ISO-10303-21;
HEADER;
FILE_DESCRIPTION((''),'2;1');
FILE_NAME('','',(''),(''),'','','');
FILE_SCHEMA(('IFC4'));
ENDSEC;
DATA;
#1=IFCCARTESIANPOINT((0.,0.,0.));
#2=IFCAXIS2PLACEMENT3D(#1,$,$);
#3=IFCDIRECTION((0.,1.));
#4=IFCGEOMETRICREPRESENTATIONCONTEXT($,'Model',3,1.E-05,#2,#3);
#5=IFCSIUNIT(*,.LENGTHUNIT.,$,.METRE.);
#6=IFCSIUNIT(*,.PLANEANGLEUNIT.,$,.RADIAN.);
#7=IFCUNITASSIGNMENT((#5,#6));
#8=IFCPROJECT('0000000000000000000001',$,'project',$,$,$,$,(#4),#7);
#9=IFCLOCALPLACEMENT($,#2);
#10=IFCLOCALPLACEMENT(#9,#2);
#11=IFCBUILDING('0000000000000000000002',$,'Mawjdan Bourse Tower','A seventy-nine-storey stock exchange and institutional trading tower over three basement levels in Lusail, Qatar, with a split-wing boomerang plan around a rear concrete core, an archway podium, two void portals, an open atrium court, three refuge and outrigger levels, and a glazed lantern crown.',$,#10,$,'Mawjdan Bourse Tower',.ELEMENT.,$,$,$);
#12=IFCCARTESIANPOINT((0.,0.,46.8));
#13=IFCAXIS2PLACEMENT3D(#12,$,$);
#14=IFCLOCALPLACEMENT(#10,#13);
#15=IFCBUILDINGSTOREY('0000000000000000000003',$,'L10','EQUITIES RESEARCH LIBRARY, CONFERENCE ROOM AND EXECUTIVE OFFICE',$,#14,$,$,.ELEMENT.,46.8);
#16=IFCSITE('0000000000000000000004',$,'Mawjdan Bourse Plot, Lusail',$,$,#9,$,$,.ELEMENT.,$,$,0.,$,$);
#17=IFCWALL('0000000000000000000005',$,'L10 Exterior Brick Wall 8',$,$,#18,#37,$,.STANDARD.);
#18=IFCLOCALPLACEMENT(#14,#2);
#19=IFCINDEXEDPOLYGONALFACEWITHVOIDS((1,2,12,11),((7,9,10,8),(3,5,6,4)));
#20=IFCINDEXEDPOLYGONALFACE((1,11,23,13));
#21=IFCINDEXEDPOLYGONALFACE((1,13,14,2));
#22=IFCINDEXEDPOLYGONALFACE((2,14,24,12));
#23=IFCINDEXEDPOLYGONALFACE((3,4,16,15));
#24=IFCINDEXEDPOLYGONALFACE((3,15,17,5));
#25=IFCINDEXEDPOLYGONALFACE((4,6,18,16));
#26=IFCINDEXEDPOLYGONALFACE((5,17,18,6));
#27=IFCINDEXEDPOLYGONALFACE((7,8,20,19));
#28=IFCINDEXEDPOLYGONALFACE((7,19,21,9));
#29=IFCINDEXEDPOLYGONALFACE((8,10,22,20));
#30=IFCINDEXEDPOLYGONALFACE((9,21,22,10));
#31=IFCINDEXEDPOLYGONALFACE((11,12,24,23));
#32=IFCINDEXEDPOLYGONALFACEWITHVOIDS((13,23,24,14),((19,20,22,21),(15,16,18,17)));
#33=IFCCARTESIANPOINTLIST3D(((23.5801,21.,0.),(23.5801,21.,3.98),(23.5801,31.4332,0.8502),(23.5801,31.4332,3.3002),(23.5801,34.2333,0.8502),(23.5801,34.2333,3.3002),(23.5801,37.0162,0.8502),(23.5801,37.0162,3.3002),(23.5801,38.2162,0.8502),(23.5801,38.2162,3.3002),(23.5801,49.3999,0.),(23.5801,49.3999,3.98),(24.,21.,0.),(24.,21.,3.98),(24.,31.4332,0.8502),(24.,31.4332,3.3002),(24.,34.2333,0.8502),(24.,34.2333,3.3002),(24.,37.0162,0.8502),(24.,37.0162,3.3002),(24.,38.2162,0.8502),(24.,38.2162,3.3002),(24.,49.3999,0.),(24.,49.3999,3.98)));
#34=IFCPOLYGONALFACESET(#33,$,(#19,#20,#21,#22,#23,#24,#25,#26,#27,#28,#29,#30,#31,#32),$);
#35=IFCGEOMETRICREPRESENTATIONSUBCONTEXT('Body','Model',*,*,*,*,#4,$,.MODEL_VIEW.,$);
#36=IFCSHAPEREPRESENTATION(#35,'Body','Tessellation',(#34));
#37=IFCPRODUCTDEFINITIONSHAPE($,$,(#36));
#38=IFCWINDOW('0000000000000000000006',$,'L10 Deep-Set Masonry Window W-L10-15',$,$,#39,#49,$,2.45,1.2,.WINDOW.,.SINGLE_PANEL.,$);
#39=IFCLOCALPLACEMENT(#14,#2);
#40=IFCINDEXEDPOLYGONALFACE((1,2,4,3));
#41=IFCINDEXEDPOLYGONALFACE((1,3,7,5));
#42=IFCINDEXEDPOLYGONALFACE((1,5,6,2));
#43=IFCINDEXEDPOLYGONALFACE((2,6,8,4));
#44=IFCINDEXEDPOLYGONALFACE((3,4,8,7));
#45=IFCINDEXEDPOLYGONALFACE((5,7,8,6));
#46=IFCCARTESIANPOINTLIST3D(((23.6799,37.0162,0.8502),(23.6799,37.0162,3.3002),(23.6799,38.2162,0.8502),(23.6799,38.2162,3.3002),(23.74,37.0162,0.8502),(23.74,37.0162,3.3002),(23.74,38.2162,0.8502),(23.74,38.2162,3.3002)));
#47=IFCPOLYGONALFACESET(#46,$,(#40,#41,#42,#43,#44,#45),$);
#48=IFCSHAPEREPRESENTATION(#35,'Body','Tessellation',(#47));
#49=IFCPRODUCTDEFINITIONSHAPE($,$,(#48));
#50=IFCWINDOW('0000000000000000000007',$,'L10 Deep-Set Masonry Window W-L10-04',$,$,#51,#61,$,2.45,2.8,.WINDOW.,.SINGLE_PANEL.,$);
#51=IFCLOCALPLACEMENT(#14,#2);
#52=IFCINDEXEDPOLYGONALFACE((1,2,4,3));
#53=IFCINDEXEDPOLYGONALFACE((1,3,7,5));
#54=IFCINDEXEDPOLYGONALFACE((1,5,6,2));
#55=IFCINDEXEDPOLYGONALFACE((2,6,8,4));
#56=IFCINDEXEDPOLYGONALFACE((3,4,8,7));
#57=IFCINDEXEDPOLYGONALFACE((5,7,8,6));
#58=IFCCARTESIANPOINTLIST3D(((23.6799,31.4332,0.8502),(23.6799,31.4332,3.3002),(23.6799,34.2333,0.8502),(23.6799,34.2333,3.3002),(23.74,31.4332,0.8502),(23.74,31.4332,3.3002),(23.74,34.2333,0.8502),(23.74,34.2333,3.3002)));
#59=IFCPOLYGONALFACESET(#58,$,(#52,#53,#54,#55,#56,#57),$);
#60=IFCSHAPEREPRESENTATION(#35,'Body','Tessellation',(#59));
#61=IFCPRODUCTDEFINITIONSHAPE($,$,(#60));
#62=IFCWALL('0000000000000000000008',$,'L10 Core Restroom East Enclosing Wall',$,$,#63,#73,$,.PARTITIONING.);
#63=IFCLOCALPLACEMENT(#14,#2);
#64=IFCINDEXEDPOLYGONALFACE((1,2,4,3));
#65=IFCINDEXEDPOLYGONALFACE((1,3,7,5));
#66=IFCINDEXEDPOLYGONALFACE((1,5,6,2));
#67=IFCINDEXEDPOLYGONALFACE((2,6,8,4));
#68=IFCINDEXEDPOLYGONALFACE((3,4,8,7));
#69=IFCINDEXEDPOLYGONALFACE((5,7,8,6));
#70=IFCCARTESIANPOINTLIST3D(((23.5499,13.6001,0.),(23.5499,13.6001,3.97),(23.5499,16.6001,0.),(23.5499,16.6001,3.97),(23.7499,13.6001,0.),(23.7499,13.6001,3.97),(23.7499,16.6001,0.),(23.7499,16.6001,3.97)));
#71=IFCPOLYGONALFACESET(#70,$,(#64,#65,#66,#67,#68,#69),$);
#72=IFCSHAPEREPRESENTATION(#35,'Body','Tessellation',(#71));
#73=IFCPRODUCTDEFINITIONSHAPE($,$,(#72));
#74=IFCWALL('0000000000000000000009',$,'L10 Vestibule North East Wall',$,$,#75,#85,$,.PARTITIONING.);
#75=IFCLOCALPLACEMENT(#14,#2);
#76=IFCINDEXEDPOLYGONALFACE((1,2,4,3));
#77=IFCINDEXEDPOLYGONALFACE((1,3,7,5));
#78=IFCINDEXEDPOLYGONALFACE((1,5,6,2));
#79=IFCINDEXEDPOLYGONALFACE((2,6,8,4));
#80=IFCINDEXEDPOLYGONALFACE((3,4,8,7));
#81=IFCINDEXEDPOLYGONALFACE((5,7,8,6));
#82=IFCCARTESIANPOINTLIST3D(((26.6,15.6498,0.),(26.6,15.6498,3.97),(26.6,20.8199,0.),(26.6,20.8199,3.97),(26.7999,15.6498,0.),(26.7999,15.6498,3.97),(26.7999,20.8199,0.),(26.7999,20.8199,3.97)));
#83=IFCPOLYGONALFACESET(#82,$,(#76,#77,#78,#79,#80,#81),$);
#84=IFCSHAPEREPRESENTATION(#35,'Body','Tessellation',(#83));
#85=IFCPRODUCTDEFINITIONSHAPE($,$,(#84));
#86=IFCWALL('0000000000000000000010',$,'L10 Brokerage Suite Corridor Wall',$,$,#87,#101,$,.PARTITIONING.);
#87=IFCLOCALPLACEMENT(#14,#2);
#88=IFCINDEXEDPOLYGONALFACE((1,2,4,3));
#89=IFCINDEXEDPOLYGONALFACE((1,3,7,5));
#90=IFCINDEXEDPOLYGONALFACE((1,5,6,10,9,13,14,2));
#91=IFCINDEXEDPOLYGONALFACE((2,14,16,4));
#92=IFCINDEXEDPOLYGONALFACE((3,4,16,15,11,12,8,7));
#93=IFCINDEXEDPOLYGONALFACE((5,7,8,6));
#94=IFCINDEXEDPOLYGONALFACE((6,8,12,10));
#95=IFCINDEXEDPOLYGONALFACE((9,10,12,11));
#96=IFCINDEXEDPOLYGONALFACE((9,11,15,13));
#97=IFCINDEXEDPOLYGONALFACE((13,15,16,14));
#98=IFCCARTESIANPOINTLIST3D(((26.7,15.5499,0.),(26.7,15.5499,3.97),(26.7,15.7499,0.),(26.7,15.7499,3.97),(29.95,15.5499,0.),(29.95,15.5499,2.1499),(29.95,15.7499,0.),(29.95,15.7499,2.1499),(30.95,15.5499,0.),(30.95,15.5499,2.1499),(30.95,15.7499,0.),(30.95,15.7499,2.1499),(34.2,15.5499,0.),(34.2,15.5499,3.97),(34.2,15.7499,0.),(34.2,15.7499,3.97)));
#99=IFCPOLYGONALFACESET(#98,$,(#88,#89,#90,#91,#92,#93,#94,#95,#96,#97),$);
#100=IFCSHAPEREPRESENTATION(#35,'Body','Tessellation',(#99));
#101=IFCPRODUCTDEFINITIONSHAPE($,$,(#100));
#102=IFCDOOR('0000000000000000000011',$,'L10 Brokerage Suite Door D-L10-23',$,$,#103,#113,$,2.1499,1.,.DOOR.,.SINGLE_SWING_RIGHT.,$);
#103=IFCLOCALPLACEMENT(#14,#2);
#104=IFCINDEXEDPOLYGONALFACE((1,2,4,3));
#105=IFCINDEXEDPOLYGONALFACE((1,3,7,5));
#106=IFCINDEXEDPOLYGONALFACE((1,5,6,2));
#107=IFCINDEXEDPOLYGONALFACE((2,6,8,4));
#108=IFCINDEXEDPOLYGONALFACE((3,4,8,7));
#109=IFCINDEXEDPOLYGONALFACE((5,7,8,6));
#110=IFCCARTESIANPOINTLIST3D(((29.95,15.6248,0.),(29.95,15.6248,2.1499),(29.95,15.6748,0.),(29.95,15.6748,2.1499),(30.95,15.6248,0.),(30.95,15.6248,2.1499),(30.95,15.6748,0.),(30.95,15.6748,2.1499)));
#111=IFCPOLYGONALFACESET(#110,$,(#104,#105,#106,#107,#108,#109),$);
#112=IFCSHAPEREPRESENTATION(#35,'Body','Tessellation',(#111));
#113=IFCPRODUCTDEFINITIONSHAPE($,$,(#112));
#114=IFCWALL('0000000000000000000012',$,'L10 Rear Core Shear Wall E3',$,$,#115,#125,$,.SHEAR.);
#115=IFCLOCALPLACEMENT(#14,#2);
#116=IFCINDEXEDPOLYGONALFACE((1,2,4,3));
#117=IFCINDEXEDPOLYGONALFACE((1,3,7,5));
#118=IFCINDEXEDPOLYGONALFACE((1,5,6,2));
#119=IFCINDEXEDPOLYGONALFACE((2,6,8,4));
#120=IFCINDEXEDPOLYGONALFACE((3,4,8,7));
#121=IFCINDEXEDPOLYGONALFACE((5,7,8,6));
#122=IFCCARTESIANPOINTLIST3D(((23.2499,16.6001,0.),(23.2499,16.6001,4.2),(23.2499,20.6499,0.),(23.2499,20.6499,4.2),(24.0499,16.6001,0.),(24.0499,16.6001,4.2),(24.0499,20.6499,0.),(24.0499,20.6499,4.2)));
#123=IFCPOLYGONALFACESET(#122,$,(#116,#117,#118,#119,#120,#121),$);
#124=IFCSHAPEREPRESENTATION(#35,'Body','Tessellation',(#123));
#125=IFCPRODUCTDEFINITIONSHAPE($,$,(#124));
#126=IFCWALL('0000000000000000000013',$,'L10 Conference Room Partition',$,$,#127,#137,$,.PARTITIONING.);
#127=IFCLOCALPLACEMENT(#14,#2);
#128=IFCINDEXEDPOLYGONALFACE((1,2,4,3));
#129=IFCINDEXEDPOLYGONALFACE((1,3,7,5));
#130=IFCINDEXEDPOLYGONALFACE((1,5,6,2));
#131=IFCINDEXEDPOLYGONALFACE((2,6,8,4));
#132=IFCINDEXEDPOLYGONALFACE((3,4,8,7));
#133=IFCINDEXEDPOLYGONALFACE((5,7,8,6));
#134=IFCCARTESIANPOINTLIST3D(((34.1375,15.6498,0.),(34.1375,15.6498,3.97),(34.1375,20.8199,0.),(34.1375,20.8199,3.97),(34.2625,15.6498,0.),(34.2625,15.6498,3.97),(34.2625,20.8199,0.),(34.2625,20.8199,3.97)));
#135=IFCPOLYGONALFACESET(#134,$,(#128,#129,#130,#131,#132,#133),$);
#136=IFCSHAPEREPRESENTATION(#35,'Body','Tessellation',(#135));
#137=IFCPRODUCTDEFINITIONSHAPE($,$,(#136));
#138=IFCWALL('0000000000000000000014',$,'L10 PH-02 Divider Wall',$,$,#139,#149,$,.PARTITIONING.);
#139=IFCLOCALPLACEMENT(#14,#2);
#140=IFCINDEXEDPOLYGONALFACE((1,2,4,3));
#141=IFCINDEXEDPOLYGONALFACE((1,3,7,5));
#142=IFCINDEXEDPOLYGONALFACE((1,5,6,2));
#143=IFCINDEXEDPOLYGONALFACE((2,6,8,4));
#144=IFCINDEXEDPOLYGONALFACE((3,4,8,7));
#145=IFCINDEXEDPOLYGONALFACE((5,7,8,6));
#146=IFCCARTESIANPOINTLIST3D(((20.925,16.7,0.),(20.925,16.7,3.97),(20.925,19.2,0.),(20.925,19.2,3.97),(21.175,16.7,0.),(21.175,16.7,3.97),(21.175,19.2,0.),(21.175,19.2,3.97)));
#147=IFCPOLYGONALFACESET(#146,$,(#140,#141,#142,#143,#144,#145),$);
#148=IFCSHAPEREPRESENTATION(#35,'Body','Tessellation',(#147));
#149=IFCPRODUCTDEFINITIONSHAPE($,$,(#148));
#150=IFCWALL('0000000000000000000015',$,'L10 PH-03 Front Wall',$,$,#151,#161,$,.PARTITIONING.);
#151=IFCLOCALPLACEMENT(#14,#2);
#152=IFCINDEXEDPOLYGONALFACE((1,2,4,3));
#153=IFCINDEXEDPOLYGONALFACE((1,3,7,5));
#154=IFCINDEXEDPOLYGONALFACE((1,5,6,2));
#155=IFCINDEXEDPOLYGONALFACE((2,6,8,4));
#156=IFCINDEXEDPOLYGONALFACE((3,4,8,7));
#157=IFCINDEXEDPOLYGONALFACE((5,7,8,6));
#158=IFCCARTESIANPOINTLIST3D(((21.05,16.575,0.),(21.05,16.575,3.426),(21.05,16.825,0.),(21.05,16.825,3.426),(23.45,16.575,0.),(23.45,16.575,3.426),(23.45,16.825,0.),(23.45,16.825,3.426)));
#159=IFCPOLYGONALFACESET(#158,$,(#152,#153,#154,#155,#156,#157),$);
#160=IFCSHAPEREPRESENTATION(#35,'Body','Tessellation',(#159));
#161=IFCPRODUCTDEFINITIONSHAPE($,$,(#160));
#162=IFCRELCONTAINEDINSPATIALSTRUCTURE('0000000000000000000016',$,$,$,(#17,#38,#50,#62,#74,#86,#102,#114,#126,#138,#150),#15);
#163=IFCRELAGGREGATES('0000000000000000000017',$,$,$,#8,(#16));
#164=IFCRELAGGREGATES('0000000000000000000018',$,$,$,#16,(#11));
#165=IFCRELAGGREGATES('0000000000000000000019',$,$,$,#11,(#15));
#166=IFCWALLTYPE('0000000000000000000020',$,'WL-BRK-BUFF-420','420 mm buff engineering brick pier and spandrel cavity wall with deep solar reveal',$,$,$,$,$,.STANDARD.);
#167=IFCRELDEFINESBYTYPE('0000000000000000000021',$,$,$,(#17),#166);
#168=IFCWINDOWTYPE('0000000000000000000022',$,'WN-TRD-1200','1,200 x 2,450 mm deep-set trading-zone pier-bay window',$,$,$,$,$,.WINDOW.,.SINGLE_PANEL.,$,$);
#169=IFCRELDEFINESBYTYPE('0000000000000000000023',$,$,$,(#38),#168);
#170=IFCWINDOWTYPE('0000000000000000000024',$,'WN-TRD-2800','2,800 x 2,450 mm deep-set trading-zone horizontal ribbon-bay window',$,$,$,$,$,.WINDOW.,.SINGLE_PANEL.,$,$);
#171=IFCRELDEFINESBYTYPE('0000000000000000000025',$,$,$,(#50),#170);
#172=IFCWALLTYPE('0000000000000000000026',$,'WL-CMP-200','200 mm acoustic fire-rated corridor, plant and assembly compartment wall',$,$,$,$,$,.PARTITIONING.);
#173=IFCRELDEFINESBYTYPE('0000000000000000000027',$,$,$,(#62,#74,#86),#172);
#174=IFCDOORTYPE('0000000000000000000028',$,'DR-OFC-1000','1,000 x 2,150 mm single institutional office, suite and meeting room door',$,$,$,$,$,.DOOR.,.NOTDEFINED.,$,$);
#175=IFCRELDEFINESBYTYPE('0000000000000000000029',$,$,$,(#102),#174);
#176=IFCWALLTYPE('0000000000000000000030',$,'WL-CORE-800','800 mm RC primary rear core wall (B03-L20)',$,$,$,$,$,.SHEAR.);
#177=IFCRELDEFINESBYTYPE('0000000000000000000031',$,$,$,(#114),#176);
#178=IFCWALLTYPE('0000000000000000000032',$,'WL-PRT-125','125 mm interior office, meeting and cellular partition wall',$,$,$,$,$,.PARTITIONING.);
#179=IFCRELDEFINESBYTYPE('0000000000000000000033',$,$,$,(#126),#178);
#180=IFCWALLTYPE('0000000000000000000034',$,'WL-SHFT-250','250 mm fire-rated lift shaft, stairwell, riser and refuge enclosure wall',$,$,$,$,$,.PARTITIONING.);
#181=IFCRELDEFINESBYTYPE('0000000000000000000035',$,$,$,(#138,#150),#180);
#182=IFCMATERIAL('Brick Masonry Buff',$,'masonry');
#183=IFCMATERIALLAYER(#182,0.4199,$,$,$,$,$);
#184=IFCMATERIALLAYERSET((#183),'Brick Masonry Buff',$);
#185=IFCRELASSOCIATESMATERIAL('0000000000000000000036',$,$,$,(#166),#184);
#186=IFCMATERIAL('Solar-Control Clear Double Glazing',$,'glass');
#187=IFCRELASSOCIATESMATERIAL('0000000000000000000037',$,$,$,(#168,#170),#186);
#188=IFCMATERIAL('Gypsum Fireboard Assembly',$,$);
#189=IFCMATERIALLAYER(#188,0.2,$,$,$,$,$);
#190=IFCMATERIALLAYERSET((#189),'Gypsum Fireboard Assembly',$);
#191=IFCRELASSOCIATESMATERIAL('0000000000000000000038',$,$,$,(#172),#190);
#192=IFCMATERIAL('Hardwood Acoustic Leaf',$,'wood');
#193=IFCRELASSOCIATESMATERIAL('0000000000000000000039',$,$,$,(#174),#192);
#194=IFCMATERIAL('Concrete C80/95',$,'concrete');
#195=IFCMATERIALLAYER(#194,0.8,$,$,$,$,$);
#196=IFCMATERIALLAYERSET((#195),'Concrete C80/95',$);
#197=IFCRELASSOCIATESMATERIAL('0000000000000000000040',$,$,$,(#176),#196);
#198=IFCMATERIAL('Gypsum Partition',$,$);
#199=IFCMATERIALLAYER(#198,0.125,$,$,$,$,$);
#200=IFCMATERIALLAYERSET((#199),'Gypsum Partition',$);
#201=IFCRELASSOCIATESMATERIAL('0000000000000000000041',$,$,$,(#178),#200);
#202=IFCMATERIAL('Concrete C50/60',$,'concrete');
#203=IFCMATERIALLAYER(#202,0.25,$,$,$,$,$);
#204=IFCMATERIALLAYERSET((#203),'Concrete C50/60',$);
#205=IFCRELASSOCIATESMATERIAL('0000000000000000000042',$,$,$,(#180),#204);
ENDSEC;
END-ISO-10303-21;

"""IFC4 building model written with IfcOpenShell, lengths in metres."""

from ifc_helpers import new_model, si_unit, direction, frame, frame_2d, origin, place, context, subcontext, project, spatial, rectangle, extrude, material, layer, layer_set, type_object, element, fill, save


model = new_model("IFC4")

# Units and contexts
model_context = context("Model", 3, precision=1e-05, world=origin(), true_north=direction((0.0, 1.0)))
body_context = subcontext(model_context, "Body", "Model", "MODEL_VIEW")
ifc_project = project(units=[si_unit("LENGTHUNIT", "METRE"), si_unit("PLANEANGLEUNIT", "RADIAN")], contexts=[model_context])

# Site, building, storey
site_placement = place(None, origin())
site = spatial("IfcSite", under=ifc_project, at=site_placement, Name="Mawjdan Bourse Plot, Lusail", CompositionType="ELEMENT", RefElevation=0.0)
building_placement = place(site_placement, origin())
building = spatial("IfcBuilding", under=site, at=building_placement, Name="Mawjdan Bourse Tower", Description="A seventy-nine-storey stock exchange and institutional trading tower over three basement levels in Lusail, Qatar, with a split-wing boomerang plan around a rear concrete core, an archway podium, two void portals, an open atrium court, three refuge and outrigger levels, and a glazed lantern crown.", LongName="Mawjdan Bourse Tower", CompositionType="ELEMENT")
storey_placement = place(building_placement, frame((0.0, 0.0, 46.8)))
storey = spatial("IfcBuildingStorey", under=building, at=storey_placement, Name="L10", Description="EQUITIES RESEARCH LIBRARY, CONFERENCE ROOM AND EXECUTIVE OFFICE", CompositionType="ELEMENT", Elevation=46.8)

# Shared definitions
ifc_material_1 = material(Name="Concrete C80/95", Category="concrete")

# Wall, openings, windows
ifc_material_2 = material(Name="Brick Masonry Buff", Category="masonry")
ifc_layer_1 = layer(ifc_material_2, 0.4199)
ifc_layer_set_1 = layer_set([ifc_layer_1], Name="Brick Masonry Buff")
wall_type_1 = type_object("IfcWallType", Name="WL-BRK-BUFF-420", Description="420 mm buff engineering brick pier and spandrel cavity wall with deep solar reveal", PredefinedType="STANDARD", material=ifc_layer_set_1)
wall_1_placement = place(storey_placement, frame((23.79, 21.0, 0.0), z_axis=(0.0, 0.0, 1.0), x_axis=(0.0, 1.0, 0.0)))
wall_1 = element("IfcWall", 1, at=wall_1_placement, inside=storey, type_object=wall_type_1, Name="L10 Exterior Brick Wall 8", PredefinedType="STANDARD", context=body_context, shape_type="SweptSolid", body=[
    extrude(rectangle(XDim=28.3999, YDim=0.4199, at=frame_2d((14.2, 0.0))), origin(), (0.0, 0.0, 1.0), 3.98),
])
opening_1_placement = place(wall_1_placement, frame((10.4333, 0.0, 0.8501)))
opening_1 = element("IfcOpeningElement", 2, at=opening_1_placement, cuts=wall_1, PredefinedType="OPENING", context=body_context, shape_type="SweptSolid", body=[
    extrude(rectangle(XDim=2.8, YDim=2.45, at=frame_2d((1.3999, 1.2251))), frame((0.0, 0.22, 0.0), z_axis=(0.0, -1.0, 0.0), x_axis=(1.0, 0.0, 0.0)), (0.0, 0.0, 1.0), 0.4399),
])
opening_2_placement = place(wall_1_placement, frame((16.0161, 0.0, 0.8501)))
opening_2 = element("IfcOpeningElement", 3, at=opening_2_placement, cuts=wall_1, PredefinedType="OPENING", context=body_context, shape_type="SweptSolid", body=[
    extrude(rectangle(XDim=1.2, YDim=2.45, at=frame_2d((0.6001, 1.2251))), frame((0.0, 0.22, 0.0), z_axis=(0.0, -1.0, 0.0), x_axis=(1.0, 0.0, 0.0)), (0.0, 0.0, 1.0), 0.4399),
])
ifc_material_3 = material(Name="Solar-Control Clear Double Glazing", Category="glass")
window_type_1 = type_object("IfcWindowType", Name="WN-TRD-1200", Description="1,200 x 2,450 mm deep-set trading-zone pier-bay window", PartitioningType="SINGLE_PANEL", PredefinedType="WINDOW", material=ifc_material_3)
window_1_placement = place(opening_2_placement, origin())
window_1 = element("IfcWindow", 4, at=window_1_placement, inside=storey, type_object=window_type_1, Name="L10 Deep-Set Masonry Window W-L10-15", OverallHeight=2.45, OverallWidth=1.2, PartitioningType="SINGLE_PANEL", PredefinedType="WINDOW", context=body_context, shape_type="SweptSolid", body=[
    extrude(rectangle(XDim=1.2, YDim=2.45, at=frame_2d((0.6001, 1.2251))), frame((0.0, 0.1101, 0.0), z_axis=(0.0, -1.0, 0.0), x_axis=(1.0, 0.0, 0.0)), (0.0, 0.0, 1.0), 0.0601),
])
fill(opening_2, window_1)
window_type_2 = type_object("IfcWindowType", Name="WN-TRD-2800", Description="2,800 x 2,450 mm deep-set trading-zone horizontal ribbon-bay window", PartitioningType="SINGLE_PANEL", PredefinedType="WINDOW", material=ifc_material_3)
window_2_placement = place(opening_1_placement, origin())
window_2 = element("IfcWindow", 5, at=window_2_placement, inside=storey, type_object=window_type_2, Name="L10 Deep-Set Masonry Window W-L10-04", OverallHeight=2.45, OverallWidth=2.8, PartitioningType="SINGLE_PANEL", PredefinedType="WINDOW", context=body_context, shape_type="SweptSolid", body=[
    extrude(rectangle(XDim=2.8, YDim=2.45, at=frame_2d((1.3999, 1.2251))), frame((0.0, 0.1101, 0.0), z_axis=(0.0, -1.0, 0.0), x_axis=(1.0, 0.0, 0.0)), (0.0, 0.0, 1.0), 0.0601),
])
fill(opening_1, window_2)

# Wall
ifc_material_4 = material(Name="Gypsum Fireboard Assembly")
ifc_layer_2 = layer(ifc_material_4, 0.2)
ifc_layer_set_2 = layer_set([ifc_layer_2], Name="Gypsum Fireboard Assembly")
wall_type_2 = type_object("IfcWallType", Name="WL-CMP-200", Description="200 mm acoustic fire-rated corridor, plant and assembly compartment wall", PredefinedType="PARTITIONING", material=ifc_layer_set_2)
wall_2_placement = place(storey_placement, frame((23.6499, 13.6001, 0.0), z_axis=(0.0, 0.0, 1.0), x_axis=(0.0, 1.0, 0.0)))
element("IfcWall", 6, at=wall_2_placement, inside=storey, type_object=wall_type_2, Name="L10 Core Restroom East Enclosing Wall", PredefinedType="PARTITIONING", context=body_context, shape_type="SweptSolid", body=[
    extrude(rectangle(XDim=3.0, YDim=0.2, at=frame_2d((1.5, 0.0))), origin(), (0.0, 0.0, 1.0), 3.97),
])

# Shared definitions
ifc_material_5 = material(Name="Hardwood Acoustic Leaf", Category="wood")
door_type = type_object("IfcDoorType", Name="DR-OFC-1000", Description="1,000 x 2,150 mm single institutional office, suite and meeting room door", OperationType="NOTDEFINED", PredefinedType="DOOR", material=ifc_material_5)

# Wall
wall_3_placement = place(storey_placement, frame((26.7, 15.6499, 0.0), z_axis=(0.0, 0.0, 1.0), x_axis=(0.0, 1.0, 0.0)))
element("IfcWall", 7, at=wall_3_placement, inside=storey, type_object=wall_type_2, Name="L10 Vestibule North East Wall", PredefinedType="PARTITIONING", context=body_context, shape_type="SweptSolid", body=[
    extrude(rectangle(XDim=5.1702, YDim=0.2, at=frame_2d((2.585, 0.0))), origin(), (0.0, 0.0, 1.0), 3.97),
])

# Wall, opening, door
wall_4_placement = place(storey_placement, frame((26.7, 15.6499, 0.0), z_axis=(0.0, 0.0, 1.0), x_axis=(1.0, 0.0, 0.0)))
wall_4 = element("IfcWall", 8, at=wall_4_placement, inside=storey, type_object=wall_type_2, Name="L10 Brokerage Suite Corridor Wall", PredefinedType="PARTITIONING", context=body_context, shape_type="SweptSolid", body=[
    extrude(rectangle(XDim=7.5, YDim=0.2, at=frame_2d((3.75, 0.0))), origin(), (0.0, 0.0, 1.0), 3.97),
])
opening_3_placement = place(wall_4_placement, frame((3.25, 0.0, 0.0)))
opening_3 = element("IfcOpeningElement", 9, at=opening_3_placement, cuts=wall_4, PredefinedType="OPENING", context=body_context, shape_type="SweptSolid", body=[
    extrude(rectangle(XDim=1.0, YDim=2.1499, at=frame_2d((0.5, 1.075))), frame((0.0, 0.1099, 0.0), z_axis=(0.0, -1.0, 0.0), x_axis=(1.0, 0.0, 0.0)), (0.0, 0.0, 1.0), 0.22),
])
door_1_placement = place(opening_3_placement, origin())
door_1 = element("IfcDoor", 10, at=door_1_placement, inside=storey, type_object=door_type, Name="L10 Brokerage Suite Door D-L10-23", OperationType="SINGLE_SWING_RIGHT", OverallHeight=2.1499, OverallWidth=1.0, PredefinedType="DOOR", context=body_context, shape_type="SweptSolid", body=[
    extrude(rectangle(XDim=1.0, YDim=2.1499, at=frame_2d((0.5, 1.075))), frame((0.0, 0.0249, 0.0), z_axis=(0.0, -1.0, 0.0), x_axis=(1.0, 0.0, 0.0)), (0.0, 0.0, 1.0), 0.05),
])
fill(opening_3, door_1)

# Walls
ifc_layer_3 = layer(ifc_material_1, 0.8)
ifc_layer_set_3 = layer_set([ifc_layer_3], Name="Concrete C80/95")
wall_type_3 = type_object("IfcWallType", Name="WL-CORE-800", Description="800 mm RC primary rear core wall (B03-L20)", PredefinedType="SHEAR", material=ifc_layer_set_3)
wall_5_placement = place(storey_placement, frame((23.6499, 16.6001, 0.0), z_axis=(0.0, 0.0, 1.0), x_axis=(0.0, 1.0, 0.0)))
element("IfcWall", 11, at=wall_5_placement, inside=storey, type_object=wall_type_3, Name="L10 Rear Core Shear Wall E3", PredefinedType="SHEAR", context=body_context, shape_type="SweptSolid", body=[
    extrude(rectangle(XDim=4.0498, YDim=0.8, at=frame_2d((2.0249, 0.0))), origin(), (0.0, 0.0, 1.0), 4.2),
])
ifc_material_6 = material(Name="Gypsum Partition")
ifc_layer_4 = layer(ifc_material_6, 0.125)
ifc_layer_set_4 = layer_set([ifc_layer_4], Name="Gypsum Partition")
wall_type_4 = type_object("IfcWallType", Name="WL-PRT-125", Description="125 mm interior office, meeting and cellular partition wall", PredefinedType="PARTITIONING", material=ifc_layer_set_4)
wall_6_placement = place(storey_placement, frame((34.2, 15.6499, 0.0), z_axis=(0.0, 0.0, 1.0), x_axis=(0.0, 1.0, 0.0)))
element("IfcWall", 12, at=wall_6_placement, inside=storey, type_object=wall_type_4, Name="L10 Conference Room Partition", PredefinedType="PARTITIONING", context=body_context, shape_type="SweptSolid", body=[
    extrude(rectangle(XDim=5.1702, YDim=0.125, at=frame_2d((2.585, 0.0))), origin(), (0.0, 0.0, 1.0), 3.97),
])
ifc_material_7 = material(Name="Concrete C50/60", Category="concrete")
ifc_layer_5 = layer(ifc_material_7, 0.25)
ifc_layer_set_5 = layer_set([ifc_layer_5], Name="Concrete C50/60")
wall_type_5 = type_object("IfcWallType", Name="WL-SHFT-250", Description="250 mm fire-rated lift shaft, stairwell, riser and refuge enclosure wall", PredefinedType="PARTITIONING", material=ifc_layer_set_5)
wall_7_placement = place(storey_placement, frame((21.05, 16.7, 0.0), z_axis=(0.0, 0.0, 1.0), x_axis=(0.0, 1.0, 0.0)))
element("IfcWall", 13, at=wall_7_placement, inside=storey, type_object=wall_type_5, Name="L10 PH-02 Divider Wall", PredefinedType="PARTITIONING", context=body_context, shape_type="SweptSolid", body=[
    extrude(rectangle(XDim=2.5, YDim=0.25, at=frame_2d((1.25, 0.0))), origin(), (0.0, 0.0, 1.0), 3.97),
])
wall_8_placement = place(storey_placement, frame((21.05, 16.7, 0.0), z_axis=(0.0, 0.0, 1.0), x_axis=(1.0, 0.0, 0.0)))
element("IfcWall", 14, at=wall_8_placement, inside=storey, type_object=wall_type_5, Name="L10 PH-03 Front Wall", PredefinedType="PARTITIONING", context=body_context, shape_type="SweptSolid", body=[
    extrude(rectangle(XDim=2.3999, YDim=0.25, at=frame_2d((1.2, 0.0))), origin(), (0.0, 0.0, 1.0), 3.426),
])

save(model, "model.ifc")
